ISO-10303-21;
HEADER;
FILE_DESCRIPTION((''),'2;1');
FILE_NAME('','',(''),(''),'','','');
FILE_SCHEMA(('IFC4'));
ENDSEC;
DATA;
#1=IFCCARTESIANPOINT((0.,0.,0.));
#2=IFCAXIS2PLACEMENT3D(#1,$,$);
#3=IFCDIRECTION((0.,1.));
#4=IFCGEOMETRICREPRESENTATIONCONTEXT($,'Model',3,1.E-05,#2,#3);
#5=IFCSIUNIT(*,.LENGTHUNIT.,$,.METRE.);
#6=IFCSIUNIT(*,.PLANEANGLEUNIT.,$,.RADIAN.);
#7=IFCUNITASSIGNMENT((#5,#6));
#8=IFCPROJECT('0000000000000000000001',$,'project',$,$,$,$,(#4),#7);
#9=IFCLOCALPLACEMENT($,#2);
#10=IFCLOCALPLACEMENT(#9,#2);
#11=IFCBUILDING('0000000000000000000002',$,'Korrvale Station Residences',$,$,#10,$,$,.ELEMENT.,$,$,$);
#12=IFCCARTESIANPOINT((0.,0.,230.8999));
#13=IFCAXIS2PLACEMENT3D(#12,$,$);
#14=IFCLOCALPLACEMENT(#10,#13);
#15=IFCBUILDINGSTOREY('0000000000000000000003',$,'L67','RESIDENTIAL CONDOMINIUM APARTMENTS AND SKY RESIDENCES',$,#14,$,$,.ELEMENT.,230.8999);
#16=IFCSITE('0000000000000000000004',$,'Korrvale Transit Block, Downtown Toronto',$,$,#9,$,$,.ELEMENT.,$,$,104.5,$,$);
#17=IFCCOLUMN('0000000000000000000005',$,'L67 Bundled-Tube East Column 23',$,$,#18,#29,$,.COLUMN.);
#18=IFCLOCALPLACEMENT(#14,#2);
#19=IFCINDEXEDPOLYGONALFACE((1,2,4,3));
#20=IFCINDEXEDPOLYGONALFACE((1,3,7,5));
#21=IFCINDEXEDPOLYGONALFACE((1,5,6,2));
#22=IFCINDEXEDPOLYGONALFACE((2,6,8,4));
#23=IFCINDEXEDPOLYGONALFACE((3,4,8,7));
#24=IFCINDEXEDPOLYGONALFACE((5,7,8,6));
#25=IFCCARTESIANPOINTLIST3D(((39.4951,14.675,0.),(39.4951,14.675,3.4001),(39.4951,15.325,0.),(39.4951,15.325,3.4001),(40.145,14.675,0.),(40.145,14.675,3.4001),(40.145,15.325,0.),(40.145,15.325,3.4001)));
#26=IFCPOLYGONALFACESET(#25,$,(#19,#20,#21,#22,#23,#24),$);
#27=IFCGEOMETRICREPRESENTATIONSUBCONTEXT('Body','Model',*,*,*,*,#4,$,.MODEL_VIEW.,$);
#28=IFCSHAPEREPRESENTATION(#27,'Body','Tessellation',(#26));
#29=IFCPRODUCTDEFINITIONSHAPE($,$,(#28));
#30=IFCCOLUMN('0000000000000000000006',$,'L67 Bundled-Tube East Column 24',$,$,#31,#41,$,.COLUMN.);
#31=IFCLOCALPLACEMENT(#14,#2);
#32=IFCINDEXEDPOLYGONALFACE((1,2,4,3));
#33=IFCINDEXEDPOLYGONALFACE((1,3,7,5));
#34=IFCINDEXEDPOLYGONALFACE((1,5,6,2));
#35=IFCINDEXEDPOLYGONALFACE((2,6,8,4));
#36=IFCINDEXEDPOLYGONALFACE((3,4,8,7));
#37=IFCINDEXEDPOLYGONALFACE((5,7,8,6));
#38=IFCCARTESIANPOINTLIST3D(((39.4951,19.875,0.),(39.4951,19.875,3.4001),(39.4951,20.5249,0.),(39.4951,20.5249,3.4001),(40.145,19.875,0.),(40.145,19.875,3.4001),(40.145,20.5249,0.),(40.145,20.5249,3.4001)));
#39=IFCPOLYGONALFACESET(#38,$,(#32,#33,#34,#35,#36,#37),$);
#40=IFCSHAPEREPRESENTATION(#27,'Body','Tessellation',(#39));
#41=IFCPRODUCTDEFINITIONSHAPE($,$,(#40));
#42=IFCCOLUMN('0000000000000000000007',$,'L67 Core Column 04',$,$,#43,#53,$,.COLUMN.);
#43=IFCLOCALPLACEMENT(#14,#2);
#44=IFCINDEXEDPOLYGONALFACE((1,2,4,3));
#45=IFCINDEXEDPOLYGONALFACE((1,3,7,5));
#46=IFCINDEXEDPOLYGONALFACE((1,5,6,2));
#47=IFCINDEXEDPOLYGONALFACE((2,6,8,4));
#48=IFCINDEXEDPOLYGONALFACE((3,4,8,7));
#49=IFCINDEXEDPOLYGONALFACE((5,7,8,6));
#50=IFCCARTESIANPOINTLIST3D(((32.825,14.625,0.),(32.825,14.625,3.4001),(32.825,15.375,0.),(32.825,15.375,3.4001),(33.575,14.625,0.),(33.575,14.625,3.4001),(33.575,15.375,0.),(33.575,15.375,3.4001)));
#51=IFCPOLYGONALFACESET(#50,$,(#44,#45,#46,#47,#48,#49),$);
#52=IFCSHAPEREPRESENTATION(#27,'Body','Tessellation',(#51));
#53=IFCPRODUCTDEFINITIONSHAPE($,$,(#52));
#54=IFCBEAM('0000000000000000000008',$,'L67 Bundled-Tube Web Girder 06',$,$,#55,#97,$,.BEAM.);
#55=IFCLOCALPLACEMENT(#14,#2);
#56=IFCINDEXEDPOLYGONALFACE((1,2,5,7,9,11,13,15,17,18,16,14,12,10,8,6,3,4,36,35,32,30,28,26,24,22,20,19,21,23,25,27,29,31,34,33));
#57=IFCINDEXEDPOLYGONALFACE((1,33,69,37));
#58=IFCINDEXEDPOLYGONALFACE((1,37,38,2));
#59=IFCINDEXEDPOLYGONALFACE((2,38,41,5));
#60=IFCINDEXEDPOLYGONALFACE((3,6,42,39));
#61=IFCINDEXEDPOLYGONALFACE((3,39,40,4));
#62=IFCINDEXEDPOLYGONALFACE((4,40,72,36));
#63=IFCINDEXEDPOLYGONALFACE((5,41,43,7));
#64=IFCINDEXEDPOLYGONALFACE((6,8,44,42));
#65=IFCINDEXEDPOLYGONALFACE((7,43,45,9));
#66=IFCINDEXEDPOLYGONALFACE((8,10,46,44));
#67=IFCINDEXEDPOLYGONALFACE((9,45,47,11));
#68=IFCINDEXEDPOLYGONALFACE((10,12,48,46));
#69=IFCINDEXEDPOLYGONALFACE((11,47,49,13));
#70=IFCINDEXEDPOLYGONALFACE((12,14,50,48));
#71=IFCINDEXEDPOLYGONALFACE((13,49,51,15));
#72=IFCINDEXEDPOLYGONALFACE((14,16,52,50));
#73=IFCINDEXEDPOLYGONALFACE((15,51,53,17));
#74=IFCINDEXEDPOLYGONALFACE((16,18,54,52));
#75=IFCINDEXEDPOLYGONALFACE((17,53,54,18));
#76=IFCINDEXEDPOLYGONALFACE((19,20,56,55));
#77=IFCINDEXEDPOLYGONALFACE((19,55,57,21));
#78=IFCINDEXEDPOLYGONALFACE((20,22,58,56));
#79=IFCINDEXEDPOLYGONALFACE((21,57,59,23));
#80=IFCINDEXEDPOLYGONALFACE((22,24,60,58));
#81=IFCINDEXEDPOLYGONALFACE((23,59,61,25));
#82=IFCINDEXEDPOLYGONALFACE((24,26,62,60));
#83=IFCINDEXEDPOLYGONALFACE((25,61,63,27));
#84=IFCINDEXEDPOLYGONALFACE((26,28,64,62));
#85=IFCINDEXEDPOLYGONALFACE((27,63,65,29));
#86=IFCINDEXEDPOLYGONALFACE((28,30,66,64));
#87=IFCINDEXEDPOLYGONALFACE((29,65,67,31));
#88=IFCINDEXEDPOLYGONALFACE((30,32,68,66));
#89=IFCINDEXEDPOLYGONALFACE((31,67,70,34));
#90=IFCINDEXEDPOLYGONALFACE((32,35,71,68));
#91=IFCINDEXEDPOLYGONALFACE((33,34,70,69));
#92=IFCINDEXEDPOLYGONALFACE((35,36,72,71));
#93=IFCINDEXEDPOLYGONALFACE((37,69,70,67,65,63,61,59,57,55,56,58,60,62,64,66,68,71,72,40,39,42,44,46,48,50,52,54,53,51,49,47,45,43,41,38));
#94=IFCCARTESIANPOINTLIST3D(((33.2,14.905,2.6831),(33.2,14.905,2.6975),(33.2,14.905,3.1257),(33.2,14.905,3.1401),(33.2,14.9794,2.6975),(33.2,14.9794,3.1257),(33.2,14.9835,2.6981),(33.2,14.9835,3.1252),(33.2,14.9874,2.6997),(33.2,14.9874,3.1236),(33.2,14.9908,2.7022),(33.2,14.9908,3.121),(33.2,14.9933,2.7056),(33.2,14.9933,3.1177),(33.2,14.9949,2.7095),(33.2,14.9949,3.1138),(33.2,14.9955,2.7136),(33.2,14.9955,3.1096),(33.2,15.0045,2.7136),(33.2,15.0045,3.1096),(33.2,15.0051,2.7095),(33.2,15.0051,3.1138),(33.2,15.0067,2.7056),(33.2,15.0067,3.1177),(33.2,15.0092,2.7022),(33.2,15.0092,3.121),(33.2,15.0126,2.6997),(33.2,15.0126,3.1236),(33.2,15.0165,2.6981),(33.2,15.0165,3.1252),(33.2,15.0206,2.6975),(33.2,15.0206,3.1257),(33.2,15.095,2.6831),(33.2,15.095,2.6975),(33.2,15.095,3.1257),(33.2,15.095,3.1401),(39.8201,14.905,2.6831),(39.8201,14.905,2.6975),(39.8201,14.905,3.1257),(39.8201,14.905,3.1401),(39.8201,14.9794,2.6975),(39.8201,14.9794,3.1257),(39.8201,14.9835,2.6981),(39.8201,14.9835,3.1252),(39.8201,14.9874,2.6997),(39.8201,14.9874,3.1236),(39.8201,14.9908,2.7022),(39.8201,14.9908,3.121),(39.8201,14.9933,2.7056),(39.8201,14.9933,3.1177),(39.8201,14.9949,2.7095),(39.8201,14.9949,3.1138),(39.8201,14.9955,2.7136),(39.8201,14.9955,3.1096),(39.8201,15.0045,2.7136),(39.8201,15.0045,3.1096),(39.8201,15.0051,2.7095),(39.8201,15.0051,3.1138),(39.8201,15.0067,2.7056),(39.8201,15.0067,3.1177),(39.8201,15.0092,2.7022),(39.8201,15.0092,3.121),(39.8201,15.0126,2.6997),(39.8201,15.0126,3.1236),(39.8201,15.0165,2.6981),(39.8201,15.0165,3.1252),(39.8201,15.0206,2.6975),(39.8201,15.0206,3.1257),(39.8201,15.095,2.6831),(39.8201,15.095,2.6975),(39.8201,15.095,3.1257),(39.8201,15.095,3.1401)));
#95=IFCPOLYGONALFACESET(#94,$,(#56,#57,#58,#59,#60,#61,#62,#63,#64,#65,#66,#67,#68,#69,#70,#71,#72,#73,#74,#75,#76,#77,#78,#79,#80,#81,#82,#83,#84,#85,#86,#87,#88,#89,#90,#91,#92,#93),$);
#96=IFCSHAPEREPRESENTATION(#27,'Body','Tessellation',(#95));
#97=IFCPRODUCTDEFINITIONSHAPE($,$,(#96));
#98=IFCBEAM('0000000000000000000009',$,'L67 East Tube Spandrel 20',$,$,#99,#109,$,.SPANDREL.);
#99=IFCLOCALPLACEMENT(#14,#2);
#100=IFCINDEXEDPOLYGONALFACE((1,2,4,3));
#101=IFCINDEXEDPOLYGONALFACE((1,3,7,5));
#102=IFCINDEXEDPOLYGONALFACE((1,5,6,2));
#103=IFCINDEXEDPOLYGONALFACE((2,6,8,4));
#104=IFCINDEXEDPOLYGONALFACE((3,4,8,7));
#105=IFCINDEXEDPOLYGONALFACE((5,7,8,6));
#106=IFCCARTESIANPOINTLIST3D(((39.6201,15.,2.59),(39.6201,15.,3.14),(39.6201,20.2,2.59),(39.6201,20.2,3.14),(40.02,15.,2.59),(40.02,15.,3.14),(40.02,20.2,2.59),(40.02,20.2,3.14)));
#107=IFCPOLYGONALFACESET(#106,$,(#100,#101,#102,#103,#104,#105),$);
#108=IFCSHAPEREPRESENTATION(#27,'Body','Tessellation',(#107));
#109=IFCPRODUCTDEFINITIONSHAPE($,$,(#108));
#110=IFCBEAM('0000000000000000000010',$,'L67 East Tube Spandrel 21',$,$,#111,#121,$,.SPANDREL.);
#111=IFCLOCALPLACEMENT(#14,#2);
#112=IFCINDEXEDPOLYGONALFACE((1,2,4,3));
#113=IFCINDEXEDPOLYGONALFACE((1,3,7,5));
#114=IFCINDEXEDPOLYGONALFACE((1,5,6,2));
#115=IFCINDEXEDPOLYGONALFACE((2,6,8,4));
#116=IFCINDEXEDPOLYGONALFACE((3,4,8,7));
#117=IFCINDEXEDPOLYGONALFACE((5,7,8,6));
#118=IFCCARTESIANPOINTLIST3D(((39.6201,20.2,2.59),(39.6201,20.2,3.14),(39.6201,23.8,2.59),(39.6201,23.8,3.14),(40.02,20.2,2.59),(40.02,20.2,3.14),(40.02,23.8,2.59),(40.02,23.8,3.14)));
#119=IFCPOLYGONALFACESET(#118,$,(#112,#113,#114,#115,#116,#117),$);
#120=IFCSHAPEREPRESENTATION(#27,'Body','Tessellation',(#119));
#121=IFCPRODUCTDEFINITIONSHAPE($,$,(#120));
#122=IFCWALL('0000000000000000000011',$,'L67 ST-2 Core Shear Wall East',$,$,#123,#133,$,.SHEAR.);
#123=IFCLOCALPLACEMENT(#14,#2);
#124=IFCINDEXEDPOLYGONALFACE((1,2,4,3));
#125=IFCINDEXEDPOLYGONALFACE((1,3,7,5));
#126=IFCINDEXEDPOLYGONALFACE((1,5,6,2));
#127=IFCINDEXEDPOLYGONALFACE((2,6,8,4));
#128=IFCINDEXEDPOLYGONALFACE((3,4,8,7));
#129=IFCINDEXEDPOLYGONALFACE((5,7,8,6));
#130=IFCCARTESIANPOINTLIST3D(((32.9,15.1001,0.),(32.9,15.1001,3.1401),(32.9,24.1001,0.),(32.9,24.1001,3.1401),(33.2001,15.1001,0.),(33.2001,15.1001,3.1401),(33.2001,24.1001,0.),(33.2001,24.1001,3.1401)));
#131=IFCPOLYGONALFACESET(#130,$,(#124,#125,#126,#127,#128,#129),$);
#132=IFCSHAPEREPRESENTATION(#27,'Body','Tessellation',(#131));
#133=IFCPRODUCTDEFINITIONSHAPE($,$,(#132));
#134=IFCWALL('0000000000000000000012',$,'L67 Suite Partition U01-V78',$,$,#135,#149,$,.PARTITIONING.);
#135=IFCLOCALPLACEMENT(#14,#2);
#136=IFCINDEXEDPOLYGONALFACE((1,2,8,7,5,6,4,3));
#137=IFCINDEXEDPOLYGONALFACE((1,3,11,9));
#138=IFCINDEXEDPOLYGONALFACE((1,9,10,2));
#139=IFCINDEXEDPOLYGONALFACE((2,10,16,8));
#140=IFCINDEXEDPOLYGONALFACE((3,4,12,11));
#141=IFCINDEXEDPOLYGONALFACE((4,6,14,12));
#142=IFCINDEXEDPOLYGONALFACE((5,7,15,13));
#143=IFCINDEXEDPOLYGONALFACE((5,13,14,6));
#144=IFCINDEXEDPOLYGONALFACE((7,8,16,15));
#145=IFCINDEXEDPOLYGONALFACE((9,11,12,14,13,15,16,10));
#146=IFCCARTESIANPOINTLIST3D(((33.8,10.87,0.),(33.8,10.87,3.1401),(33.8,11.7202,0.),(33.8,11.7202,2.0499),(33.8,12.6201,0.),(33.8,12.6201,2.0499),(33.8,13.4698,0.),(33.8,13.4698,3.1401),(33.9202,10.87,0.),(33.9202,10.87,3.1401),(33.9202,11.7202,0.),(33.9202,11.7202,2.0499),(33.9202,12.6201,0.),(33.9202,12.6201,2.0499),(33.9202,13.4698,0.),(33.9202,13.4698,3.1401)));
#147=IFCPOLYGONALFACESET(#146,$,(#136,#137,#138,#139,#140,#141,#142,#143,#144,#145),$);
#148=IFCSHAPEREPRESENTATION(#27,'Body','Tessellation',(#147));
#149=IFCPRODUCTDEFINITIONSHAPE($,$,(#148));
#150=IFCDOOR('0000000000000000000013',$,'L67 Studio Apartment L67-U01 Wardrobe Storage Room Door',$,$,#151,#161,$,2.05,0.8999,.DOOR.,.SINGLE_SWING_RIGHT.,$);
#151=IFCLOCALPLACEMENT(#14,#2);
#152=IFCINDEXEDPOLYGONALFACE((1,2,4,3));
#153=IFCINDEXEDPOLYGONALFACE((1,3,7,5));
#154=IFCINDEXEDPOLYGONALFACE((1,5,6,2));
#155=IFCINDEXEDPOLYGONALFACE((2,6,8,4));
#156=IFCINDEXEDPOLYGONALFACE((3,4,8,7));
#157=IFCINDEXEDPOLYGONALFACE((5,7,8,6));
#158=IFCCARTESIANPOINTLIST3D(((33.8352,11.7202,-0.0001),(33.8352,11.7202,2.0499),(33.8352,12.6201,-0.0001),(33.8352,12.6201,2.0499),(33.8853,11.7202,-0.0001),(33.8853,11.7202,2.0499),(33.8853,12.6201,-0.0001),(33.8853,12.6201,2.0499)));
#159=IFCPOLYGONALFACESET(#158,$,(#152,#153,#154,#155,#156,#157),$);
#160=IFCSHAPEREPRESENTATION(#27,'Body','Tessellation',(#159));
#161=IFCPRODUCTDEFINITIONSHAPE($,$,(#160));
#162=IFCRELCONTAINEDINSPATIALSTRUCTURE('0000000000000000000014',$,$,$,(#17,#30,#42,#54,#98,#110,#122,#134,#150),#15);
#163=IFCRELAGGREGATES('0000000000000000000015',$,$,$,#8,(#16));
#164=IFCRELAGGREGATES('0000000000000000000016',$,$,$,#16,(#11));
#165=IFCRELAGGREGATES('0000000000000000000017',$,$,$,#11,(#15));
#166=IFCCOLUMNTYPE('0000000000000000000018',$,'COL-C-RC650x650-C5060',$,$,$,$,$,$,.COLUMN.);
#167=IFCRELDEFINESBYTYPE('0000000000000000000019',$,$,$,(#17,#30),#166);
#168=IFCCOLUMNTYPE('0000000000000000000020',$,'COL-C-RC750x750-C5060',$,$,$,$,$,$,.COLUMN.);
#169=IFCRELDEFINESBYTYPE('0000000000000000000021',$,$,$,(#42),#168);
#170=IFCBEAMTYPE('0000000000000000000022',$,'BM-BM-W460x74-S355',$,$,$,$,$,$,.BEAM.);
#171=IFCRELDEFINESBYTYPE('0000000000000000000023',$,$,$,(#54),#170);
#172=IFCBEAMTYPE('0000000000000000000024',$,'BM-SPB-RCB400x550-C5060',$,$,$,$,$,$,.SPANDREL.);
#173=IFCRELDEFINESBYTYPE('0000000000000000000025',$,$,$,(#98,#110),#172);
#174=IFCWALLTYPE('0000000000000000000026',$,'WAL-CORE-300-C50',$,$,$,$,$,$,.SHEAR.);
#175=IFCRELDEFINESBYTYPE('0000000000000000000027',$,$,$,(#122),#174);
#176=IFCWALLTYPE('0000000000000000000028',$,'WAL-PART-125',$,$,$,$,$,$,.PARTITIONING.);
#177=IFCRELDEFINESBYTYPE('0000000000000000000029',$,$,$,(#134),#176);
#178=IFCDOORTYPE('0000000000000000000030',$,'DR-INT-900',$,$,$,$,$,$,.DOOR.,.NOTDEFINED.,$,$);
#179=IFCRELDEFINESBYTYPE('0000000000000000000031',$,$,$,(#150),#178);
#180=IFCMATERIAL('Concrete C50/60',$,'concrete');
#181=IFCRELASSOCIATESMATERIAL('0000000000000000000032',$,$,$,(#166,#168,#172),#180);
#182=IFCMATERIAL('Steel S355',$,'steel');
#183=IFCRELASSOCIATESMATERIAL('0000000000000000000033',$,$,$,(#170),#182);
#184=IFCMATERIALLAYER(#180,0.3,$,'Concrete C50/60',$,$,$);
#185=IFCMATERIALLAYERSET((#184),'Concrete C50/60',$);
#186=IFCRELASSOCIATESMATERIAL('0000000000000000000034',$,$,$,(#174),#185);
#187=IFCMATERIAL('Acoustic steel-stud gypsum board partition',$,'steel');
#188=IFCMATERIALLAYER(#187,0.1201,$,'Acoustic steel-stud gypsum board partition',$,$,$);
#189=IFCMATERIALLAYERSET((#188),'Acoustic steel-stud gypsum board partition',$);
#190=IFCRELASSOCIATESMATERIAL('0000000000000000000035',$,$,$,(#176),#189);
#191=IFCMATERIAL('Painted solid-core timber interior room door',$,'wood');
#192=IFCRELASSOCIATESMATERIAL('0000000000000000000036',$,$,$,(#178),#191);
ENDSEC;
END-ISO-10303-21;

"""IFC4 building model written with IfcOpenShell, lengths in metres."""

from ifc_helpers import new_model, si_unit, direction, frame, frame_2d, origin, origin_2d, place, context, subcontext, project, spatial, rectangle, i_section, extrude, material, layer, layer_set, material_profile, profile_set, type_object, element, fill, save


model = new_model("IFC4")

# Units and contexts
model_context = context("Model", 3, precision=1e-05, world=origin(), true_north=direction((0.0, 1.0)))
body_context = subcontext(model_context, "Body", "Model", "MODEL_VIEW")
ifc_project = project(units=[si_unit("LENGTHUNIT", "METRE"), si_unit("PLANEANGLEUNIT", "RADIAN")], contexts=[model_context])

# Site, building, storey
site_placement = place(None, origin())
site = spatial("IfcSite", under=ifc_project, at=site_placement, Name="Korrvale Transit Block, Downtown Toronto", CompositionType="ELEMENT", RefElevation=104.5)
building_placement = place(site_placement, origin())
building = spatial("IfcBuilding", under=site, at=building_placement, Name="Korrvale Station Residences", CompositionType="ELEMENT")
storey_placement = place(building_placement, frame((0.0, 0.0, 230.8999)))
storey = spatial("IfcBuildingStorey", under=building, at=storey_placement, Name="L67", Description="RESIDENTIAL CONDOMINIUM APARTMENTS AND SKY RESIDENCES", CompositionType="ELEMENT", Elevation=230.8999)

# Columns
ifc_material_1 = material(Name="Concrete C50/60", Category="concrete")
ifc_material_profile_1 = material_profile(ifc_material_1, rectangle(XDim=0.6499, YDim=0.6499, at=origin_2d()), Name="RC650x650")
ifc_profile_set_1 = profile_set([ifc_material_profile_1], Name="Concrete C50/60")
column_type_1 = type_object("IfcColumnType", Name="COL-C-RC650x650-C5060", PredefinedType="COLUMN", material=ifc_profile_set_1)
for number, where, z_axis, x_axis, name in (
    (1, (39.8201, 15.0, 0.0), (0.0, 0.0, 1.0), (1.0, 0.0, 0.0), "L67 Bundled-Tube East Column 23"),
    (2, (39.8201, 20.2, 0.0), (0.0, 0.0, 1.0), (1.0, 0.0, 0.0), "L67 Bundled-Tube East Column 24"),
):
    element("IfcColumn", number, at=place(storey_placement, frame(where, z_axis=z_axis, x_axis=x_axis)), inside=storey, type_object=column_type_1, Name=name, PredefinedType="COLUMN", context=body_context, shape_type="SweptSolid", body=[
        extrude(rectangle(XDim=0.6499, YDim=0.6499, at=origin_2d()), origin(), (0.0, 0.0, 1.0), 3.4001),
    ])
ifc_material_profile_2 = material_profile(ifc_material_1, rectangle(XDim=0.75, YDim=0.75, at=origin_2d()), Name="RC750x750")
ifc_profile_set_2 = profile_set([ifc_material_profile_2], Name="Concrete C50/60")
column_type_2 = type_object("IfcColumnType", Name="COL-C-RC750x750-C5060", PredefinedType="COLUMN", material=ifc_profile_set_2)
column_placement = place(storey_placement, frame((33.2, 15.0, 0.0), z_axis=(0.0, 0.0, 1.0), x_axis=(1.0, 0.0, 0.0)))
element("IfcColumn", 3, at=column_placement, inside=storey, type_object=column_type_2, Name="L67 Core Column 04", PredefinedType="COLUMN", context=body_context, shape_type="SweptSolid", body=[
    extrude(rectangle(XDim=0.75, YDim=0.75, at=origin_2d()), origin(), (0.0, 0.0, 1.0), 3.4001),
])

# Beams
ifc_material_2 = material(Name="Steel S355", Category="steel")
ifc_material_profile_3 = material_profile(ifc_material_2, i_section(OverallWidth=0.1899, OverallDepth=0.457, WebThickness=0.009, FlangeThickness=0.0144, FilletRadius=0.0161, at=origin_2d()), Name="W460x74")
ifc_profile_set_3 = profile_set([ifc_material_profile_3], Name="Steel S355")
beam_type_1 = type_object("IfcBeamType", Name="BM-BM-W460x74-S355", PredefinedType="BEAM", material=ifc_profile_set_3)
beam_1_placement = place(storey_placement, frame((33.2, 15.0, 2.9116), z_axis=(1.0, 0.0, 0.0), x_axis=(0.0, 1.0, 0.0)))
element("IfcBeam", 4, at=beam_1_placement, inside=storey, type_object=beam_type_1, Name="L67 Bundled-Tube Web Girder 06", PredefinedType="BEAM", context=body_context, shape_type="SweptSolid", body=[
    extrude(i_section(OverallWidth=0.1899, OverallDepth=0.457, WebThickness=0.009, FlangeThickness=0.0144, FilletRadius=0.0161, at=origin_2d()), origin(), (0.0, 0.0, 1.0), 6.6201),
])
ifc_material_profile_4 = material_profile(ifc_material_1, rectangle(XDim=0.3999, YDim=0.55, at=origin_2d()), Name="RCB400x550")
ifc_profile_set_4 = profile_set([ifc_material_profile_4], Name="Concrete C50/60")
beam_type_2 = type_object("IfcBeamType", Name="BM-SPB-RCB400x550-C5060", PredefinedType="SPANDREL", material=ifc_profile_set_4)
beam_2_placement = place(storey_placement, frame((39.8201, 15.0, 2.865), z_axis=(0.0, 1.0, 0.0), x_axis=(-1.0, 0.0, 0.0)))
element("IfcBeam", 5, at=beam_2_placement, inside=storey, type_object=beam_type_2, Name="L67 East Tube Spandrel 20", PredefinedType="SPANDREL", context=body_context, shape_type="SweptSolid", body=[
    extrude(rectangle(XDim=0.3999, YDim=0.55, at=origin_2d()), origin(), (0.0, 0.0, 1.0), 5.2),
])
beam_3_placement = place(storey_placement, frame((39.8201, 20.2, 2.865), z_axis=(0.0, 1.0, 0.0), x_axis=(-1.0, 0.0, 0.0)))
element("IfcBeam", 6, at=beam_3_placement, inside=storey, type_object=beam_type_2, Name="L67 East Tube Spandrel 21", PredefinedType="SPANDREL", context=body_context, shape_type="SweptSolid", body=[
    extrude(rectangle(XDim=0.3999, YDim=0.55, at=origin_2d()), origin(), (0.0, 0.0, 1.0), 3.6001),
])

# Wall
ifc_layer_1 = layer(ifc_material_1, 0.3, Name="Concrete C50/60")
ifc_layer_set_1 = layer_set([ifc_layer_1], Name="Concrete C50/60")
wall_type_1 = type_object("IfcWallType", Name="WAL-CORE-300-C50", PredefinedType="SHEAR", material=ifc_layer_set_1)
wall_1_placement = place(storey_placement, frame((33.05, 15.1001, 0.0), z_axis=(0.0, 0.0, 1.0), x_axis=(0.0, 1.0, 0.0)))
element("IfcWall", 7, at=wall_1_placement, inside=storey, type_object=wall_type_1, Name="L67 ST-2 Core Shear Wall East", PredefinedType="SHEAR", context=body_context, shape_type="SweptSolid", body=[
    extrude(rectangle(XDim=9.0, YDim=0.3, at=frame_2d((4.5, 0.0))), origin(), (0.0, 0.0, 1.0), 3.1401),
])

# Wall, opening, door
ifc_material_3 = material(Name="Acoustic steel-stud gypsum board partition", Category="steel")
ifc_layer_2 = layer(ifc_material_3, 0.1201, Name="Acoustic steel-stud gypsum board partition")
ifc_layer_set_2 = layer_set([ifc_layer_2], Name="Acoustic steel-stud gypsum board partition")
wall_type_2 = type_object("IfcWallType", Name="WAL-PART-125", PredefinedType="PARTITIONING", material=ifc_layer_set_2)
wall_2_placement = place(storey_placement, frame((33.8601, 10.8701, 0.0), z_axis=(0.0, 0.0, 1.0), x_axis=(0.0, 1.0, 0.0)))
wall_2 = element("IfcWall", 8, at=wall_2_placement, inside=storey, type_object=wall_type_2, Name="L67 Suite Partition U01-V78", PredefinedType="PARTITIONING", context=body_context, shape_type="SweptSolid", body=[
    extrude(rectangle(XDim=2.5999, YDim=0.1201, at=frame_2d((1.2998, 0.0))), origin(), (0.0, 0.0, 1.0), 3.1401),
])
opening_1_placement = place(wall_2_placement, frame((0.8501, 0.0, 0.0)))
opening_1 = element("IfcOpeningElement", 9, at=opening_1_placement, cuts=wall_2, PredefinedType="OPENING", context=body_context, shape_type="SweptSolid", body=[
    extrude(rectangle(XDim=0.8999, YDim=2.05, at=frame_2d((0.45, 1.0249))), frame((0.0, 0.0701, 0.0), z_axis=(0.0, -1.0, 0.0), x_axis=(1.0, 0.0, 0.0)), (0.0, 0.0, 1.0), 0.1401),
])
ifc_material_4 = material(Name="Painted solid-core timber interior room door", Category="wood")
door_type_1 = type_object("IfcDoorType", Name="DR-INT-900", OperationType="NOTDEFINED", PredefinedType="DOOR", material=ifc_material_4)
door_1_placement = place(opening_1_placement, origin())
door_1 = element("IfcDoor", 10, at=door_1_placement, inside=storey, type_object=door_type_1, Name="L67 Studio Apartment L67-U01 Wardrobe Storage Room Door", OperationType="SINGLE_SWING_RIGHT", OverallHeight=2.05, OverallWidth=0.8999, PredefinedType="DOOR", context=body_context, shape_type="SweptSolid", body=[
    extrude(rectangle(XDim=0.8999, YDim=2.05, at=frame_2d((0.45, 1.0249))), frame((0.0, 0.0249, 0.0), z_axis=(0.0, -1.0, 0.0), x_axis=(1.0, 0.0, 0.0)), (0.0, 0.0, 1.0), 0.05),
])
fill(opening_1, door_1)

save(model, "model.ifc")
